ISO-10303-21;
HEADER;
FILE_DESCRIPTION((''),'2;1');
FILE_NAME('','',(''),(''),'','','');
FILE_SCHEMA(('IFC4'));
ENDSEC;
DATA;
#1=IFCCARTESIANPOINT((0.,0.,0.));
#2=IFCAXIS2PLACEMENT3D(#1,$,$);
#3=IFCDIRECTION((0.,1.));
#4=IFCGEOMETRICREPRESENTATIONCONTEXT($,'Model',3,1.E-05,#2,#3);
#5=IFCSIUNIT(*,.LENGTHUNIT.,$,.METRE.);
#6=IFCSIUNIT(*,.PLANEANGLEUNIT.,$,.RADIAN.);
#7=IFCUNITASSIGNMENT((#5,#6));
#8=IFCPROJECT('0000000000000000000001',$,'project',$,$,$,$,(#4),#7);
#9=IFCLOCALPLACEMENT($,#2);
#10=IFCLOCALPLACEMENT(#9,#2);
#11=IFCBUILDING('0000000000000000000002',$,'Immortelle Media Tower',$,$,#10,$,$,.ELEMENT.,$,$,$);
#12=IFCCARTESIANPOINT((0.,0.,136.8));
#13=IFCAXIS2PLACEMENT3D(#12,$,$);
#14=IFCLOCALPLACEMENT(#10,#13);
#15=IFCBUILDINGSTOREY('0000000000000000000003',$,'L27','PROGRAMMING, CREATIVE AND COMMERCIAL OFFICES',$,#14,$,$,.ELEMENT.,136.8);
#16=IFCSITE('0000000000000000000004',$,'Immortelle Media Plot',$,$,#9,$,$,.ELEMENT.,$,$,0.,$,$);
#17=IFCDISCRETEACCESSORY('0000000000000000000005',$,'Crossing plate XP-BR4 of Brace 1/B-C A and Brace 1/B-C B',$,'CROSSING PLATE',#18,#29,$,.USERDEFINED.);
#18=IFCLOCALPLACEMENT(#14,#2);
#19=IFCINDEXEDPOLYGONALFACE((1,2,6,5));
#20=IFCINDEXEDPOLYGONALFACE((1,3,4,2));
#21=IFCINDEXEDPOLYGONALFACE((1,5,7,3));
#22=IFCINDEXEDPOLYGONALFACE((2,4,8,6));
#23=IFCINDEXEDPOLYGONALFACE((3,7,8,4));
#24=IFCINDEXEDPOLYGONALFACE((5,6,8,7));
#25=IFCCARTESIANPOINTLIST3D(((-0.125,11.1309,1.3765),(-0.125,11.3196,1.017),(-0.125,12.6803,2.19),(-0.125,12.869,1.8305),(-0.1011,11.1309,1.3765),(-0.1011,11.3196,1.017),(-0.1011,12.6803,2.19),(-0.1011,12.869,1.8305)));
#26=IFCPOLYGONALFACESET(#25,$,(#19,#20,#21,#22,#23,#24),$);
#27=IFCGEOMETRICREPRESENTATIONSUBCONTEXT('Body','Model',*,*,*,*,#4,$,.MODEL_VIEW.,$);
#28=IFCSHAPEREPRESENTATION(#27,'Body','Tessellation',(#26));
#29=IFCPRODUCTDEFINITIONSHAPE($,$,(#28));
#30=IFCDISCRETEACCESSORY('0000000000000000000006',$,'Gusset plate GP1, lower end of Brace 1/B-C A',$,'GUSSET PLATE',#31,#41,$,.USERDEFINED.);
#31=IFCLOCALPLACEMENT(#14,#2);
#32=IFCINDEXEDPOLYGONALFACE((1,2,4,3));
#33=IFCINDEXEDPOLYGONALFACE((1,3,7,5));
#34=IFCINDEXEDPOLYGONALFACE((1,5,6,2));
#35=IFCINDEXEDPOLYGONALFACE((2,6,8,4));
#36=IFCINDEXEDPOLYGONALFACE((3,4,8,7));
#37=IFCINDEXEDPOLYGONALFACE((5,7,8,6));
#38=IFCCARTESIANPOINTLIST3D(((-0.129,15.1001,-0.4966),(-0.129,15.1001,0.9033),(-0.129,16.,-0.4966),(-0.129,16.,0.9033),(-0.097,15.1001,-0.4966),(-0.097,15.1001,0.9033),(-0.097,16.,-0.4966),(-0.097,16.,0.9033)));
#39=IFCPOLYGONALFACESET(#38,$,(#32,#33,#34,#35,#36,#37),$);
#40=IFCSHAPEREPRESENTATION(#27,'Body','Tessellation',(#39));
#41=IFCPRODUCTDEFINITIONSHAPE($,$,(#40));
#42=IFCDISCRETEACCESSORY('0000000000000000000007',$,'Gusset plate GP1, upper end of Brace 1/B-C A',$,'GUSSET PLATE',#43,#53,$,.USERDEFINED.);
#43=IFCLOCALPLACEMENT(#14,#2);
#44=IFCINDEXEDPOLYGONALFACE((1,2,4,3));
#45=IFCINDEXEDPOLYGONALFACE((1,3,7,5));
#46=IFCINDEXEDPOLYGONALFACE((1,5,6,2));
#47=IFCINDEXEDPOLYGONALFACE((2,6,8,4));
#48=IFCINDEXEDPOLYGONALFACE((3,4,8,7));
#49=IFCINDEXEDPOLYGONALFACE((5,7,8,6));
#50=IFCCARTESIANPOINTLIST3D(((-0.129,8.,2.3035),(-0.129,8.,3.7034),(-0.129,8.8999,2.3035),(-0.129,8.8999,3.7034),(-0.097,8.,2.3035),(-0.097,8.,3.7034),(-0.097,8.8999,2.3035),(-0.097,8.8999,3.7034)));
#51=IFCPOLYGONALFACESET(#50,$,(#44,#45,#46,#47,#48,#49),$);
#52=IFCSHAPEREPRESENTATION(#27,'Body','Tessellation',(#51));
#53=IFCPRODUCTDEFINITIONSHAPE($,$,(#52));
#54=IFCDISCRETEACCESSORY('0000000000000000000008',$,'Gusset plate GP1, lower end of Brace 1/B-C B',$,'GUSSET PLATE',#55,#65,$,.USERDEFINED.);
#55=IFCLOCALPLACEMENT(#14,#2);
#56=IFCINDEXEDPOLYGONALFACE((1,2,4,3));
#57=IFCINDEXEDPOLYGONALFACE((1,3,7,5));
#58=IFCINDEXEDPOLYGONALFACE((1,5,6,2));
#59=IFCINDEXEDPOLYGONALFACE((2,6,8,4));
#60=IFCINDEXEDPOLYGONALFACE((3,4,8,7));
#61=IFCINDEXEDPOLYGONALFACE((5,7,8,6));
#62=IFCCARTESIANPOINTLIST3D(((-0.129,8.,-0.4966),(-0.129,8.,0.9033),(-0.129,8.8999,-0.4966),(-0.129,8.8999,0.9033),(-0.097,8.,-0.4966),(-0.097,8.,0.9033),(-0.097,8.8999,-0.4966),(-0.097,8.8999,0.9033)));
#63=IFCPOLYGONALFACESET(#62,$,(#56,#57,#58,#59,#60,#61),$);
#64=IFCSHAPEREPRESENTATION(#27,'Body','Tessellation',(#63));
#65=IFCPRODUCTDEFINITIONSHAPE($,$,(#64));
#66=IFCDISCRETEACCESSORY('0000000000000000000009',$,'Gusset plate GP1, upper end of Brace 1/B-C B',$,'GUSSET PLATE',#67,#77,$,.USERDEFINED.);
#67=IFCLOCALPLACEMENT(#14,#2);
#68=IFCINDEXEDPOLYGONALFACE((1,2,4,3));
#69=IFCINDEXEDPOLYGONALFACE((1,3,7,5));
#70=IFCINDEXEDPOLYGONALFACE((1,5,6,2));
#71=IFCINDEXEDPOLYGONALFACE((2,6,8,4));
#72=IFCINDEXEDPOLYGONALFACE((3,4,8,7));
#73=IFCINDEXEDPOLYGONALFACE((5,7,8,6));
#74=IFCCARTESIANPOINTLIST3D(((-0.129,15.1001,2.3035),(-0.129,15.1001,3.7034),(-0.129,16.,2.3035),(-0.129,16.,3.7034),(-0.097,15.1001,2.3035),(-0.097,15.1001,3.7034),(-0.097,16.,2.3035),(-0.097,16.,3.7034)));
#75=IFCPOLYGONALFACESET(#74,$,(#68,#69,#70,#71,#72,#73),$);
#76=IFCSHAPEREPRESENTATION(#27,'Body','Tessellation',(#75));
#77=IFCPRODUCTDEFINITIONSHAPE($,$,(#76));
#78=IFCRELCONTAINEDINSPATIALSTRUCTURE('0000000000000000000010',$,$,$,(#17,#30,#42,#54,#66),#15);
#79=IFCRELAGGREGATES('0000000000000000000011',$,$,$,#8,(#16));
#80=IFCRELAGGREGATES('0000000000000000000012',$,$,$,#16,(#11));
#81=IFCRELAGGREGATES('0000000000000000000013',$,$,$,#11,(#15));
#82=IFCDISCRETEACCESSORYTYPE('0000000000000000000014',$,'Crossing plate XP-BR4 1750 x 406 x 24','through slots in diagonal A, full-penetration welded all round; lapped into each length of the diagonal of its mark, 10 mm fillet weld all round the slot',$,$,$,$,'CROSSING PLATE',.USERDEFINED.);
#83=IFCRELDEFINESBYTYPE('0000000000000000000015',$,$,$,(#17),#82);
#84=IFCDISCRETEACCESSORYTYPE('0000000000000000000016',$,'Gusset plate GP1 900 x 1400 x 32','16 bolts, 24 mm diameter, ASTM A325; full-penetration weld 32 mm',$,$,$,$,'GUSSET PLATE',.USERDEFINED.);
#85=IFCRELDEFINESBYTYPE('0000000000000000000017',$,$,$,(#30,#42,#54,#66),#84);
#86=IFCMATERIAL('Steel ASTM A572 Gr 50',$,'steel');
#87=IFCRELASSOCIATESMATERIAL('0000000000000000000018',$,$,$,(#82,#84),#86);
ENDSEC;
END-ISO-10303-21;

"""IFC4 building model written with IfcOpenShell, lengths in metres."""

from ifc_helpers import new_model, si_unit, direction, frame, origin, origin_2d, place, context, subcontext, project, spatial, rectangle, extrude, material, material_profile, profile_set, type_object, element, save


model = new_model("IFC4")

# Units and contexts
model_context = context("Model", 3, precision=1e-05, world=origin(), true_north=direction((0.0, 1.0)))
body_context = subcontext(model_context, "Body", "Model", "MODEL_VIEW")
ifc_project = project(units=[si_unit("LENGTHUNIT", "METRE"), si_unit("PLANEANGLEUNIT", "RADIAN")], contexts=[model_context])

# Site, building, storey
site_placement = place(None, origin())
site = spatial("IfcSite", under=ifc_project, at=site_placement, Name="Immortelle Media Plot", CompositionType="ELEMENT", RefElevation=0.0)
building_placement = place(site_placement, origin())
building = spatial("IfcBuilding", under=site, at=building_placement, Name="Immortelle Media Tower", CompositionType="ELEMENT")
storey_placement = place(building_placement, frame((0.0, 0.0, 136.8)))
storey = spatial("IfcBuildingStorey", under=building, at=storey_placement, Name="L27", Description="PROGRAMMING, CREATIVE AND COMMERCIAL OFFICES", CompositionType="ELEMENT", Elevation=136.8)

# Discrete accessories
ifc_material_1 = material(Name="Steel ASTM A572 Gr 50", Category="steel")
ifc_material_profile_1 = material_profile(ifc_material_1, rectangle(XDim=0.0239, YDim=0.406, at=origin_2d()), Name="PL 24 x 406")
ifc_profile_set_1 = profile_set([ifc_material_profile_1], Name="Steel ASTM A572 Gr 50")
discrete_accessory_type_1 = type_object("IfcDiscreteAccessoryType", Name="Crossing plate XP-BR4 1750 x 406 x 24", Description="through slots in diagonal A, full-penetration welded all round; lapped into each length of the diagonal of its mark, 10 mm fillet weld all round the slot", ElementType="CROSSING PLATE", PredefinedType="USERDEFINED", material=ifc_profile_set_1)
discrete_accessory_placement = place(storey_placement, frame((-0.113, 12.7747, 2.0103), z_axis=(0.0, -0.885378, -0.464872), x_axis=(1.0, 0.0, 0.0)))
element("IfcDiscreteAccessory", 1, at=discrete_accessory_placement, inside=storey, type_object=discrete_accessory_type_1, Name="Crossing plate XP-BR4 of Brace 1/B-C A and Brace 1/B-C B", ObjectType="CROSSING PLATE", PredefinedType="USERDEFINED", context=body_context, shape_type="SweptSolid", body=[
    extrude(rectangle(XDim=0.0239, YDim=0.406, at=origin_2d()), origin(), (0.0, 0.0, 1.0), 1.75),
])
ifc_material_profile_2 = material_profile(ifc_material_1, rectangle(XDim=0.032, YDim=1.3999, at=origin_2d()), Name="PL 32 x 1400")
ifc_profile_set_2 = profile_set([ifc_material_profile_2], Name="Steel ASTM A572 Gr 50")
discrete_accessory_type_2 = type_object("IfcDiscreteAccessoryType", Name="Gusset plate GP1 900 x 1400 x 32", Description="16 bolts, 24 mm diameter, ASTM A325; full-penetration weld 32 mm", ElementType="GUSSET PLATE", PredefinedType="USERDEFINED", material=ifc_profile_set_2)
for number, where, z_axis, x_axis, name in (
    (2, (-0.113, 16.0, 0.2034), (0.0, -1.0, 0.0), (1.0, 0.0, 0.0), "Gusset plate GP1, lower end of Brace 1/B-C A"),
    (3, (-0.113, 8.0, 3.0034), (0.0, 1.0, 0.0), (-1.0, 0.0, 0.0), "Gusset plate GP1, upper end of Brace 1/B-C A"),
    (4, (-0.113, 8.0, 0.2034), (0.0, 1.0, 0.0), (-1.0, 0.0, 0.0), "Gusset plate GP1, lower end of Brace 1/B-C B"),
    (5, (-0.113, 16.0, 3.0034), (0.0, -1.0, 0.0), (1.0, 0.0, 0.0), "Gusset plate GP1, upper end of Brace 1/B-C B"),
):
    element("IfcDiscreteAccessory", number, at=place(storey_placement, frame(where, z_axis=z_axis, x_axis=x_axis)), inside=storey, type_object=discrete_accessory_type_2, Name=name, ObjectType="GUSSET PLATE", PredefinedType="USERDEFINED", context=body_context, shape_type="SweptSolid", body=[
        extrude(rectangle(XDim=0.032, YDim=1.3999, at=origin_2d()), origin(), (0.0, 0.0, 1.0), 0.8999),
    ])

save(model, "model.ifc")
